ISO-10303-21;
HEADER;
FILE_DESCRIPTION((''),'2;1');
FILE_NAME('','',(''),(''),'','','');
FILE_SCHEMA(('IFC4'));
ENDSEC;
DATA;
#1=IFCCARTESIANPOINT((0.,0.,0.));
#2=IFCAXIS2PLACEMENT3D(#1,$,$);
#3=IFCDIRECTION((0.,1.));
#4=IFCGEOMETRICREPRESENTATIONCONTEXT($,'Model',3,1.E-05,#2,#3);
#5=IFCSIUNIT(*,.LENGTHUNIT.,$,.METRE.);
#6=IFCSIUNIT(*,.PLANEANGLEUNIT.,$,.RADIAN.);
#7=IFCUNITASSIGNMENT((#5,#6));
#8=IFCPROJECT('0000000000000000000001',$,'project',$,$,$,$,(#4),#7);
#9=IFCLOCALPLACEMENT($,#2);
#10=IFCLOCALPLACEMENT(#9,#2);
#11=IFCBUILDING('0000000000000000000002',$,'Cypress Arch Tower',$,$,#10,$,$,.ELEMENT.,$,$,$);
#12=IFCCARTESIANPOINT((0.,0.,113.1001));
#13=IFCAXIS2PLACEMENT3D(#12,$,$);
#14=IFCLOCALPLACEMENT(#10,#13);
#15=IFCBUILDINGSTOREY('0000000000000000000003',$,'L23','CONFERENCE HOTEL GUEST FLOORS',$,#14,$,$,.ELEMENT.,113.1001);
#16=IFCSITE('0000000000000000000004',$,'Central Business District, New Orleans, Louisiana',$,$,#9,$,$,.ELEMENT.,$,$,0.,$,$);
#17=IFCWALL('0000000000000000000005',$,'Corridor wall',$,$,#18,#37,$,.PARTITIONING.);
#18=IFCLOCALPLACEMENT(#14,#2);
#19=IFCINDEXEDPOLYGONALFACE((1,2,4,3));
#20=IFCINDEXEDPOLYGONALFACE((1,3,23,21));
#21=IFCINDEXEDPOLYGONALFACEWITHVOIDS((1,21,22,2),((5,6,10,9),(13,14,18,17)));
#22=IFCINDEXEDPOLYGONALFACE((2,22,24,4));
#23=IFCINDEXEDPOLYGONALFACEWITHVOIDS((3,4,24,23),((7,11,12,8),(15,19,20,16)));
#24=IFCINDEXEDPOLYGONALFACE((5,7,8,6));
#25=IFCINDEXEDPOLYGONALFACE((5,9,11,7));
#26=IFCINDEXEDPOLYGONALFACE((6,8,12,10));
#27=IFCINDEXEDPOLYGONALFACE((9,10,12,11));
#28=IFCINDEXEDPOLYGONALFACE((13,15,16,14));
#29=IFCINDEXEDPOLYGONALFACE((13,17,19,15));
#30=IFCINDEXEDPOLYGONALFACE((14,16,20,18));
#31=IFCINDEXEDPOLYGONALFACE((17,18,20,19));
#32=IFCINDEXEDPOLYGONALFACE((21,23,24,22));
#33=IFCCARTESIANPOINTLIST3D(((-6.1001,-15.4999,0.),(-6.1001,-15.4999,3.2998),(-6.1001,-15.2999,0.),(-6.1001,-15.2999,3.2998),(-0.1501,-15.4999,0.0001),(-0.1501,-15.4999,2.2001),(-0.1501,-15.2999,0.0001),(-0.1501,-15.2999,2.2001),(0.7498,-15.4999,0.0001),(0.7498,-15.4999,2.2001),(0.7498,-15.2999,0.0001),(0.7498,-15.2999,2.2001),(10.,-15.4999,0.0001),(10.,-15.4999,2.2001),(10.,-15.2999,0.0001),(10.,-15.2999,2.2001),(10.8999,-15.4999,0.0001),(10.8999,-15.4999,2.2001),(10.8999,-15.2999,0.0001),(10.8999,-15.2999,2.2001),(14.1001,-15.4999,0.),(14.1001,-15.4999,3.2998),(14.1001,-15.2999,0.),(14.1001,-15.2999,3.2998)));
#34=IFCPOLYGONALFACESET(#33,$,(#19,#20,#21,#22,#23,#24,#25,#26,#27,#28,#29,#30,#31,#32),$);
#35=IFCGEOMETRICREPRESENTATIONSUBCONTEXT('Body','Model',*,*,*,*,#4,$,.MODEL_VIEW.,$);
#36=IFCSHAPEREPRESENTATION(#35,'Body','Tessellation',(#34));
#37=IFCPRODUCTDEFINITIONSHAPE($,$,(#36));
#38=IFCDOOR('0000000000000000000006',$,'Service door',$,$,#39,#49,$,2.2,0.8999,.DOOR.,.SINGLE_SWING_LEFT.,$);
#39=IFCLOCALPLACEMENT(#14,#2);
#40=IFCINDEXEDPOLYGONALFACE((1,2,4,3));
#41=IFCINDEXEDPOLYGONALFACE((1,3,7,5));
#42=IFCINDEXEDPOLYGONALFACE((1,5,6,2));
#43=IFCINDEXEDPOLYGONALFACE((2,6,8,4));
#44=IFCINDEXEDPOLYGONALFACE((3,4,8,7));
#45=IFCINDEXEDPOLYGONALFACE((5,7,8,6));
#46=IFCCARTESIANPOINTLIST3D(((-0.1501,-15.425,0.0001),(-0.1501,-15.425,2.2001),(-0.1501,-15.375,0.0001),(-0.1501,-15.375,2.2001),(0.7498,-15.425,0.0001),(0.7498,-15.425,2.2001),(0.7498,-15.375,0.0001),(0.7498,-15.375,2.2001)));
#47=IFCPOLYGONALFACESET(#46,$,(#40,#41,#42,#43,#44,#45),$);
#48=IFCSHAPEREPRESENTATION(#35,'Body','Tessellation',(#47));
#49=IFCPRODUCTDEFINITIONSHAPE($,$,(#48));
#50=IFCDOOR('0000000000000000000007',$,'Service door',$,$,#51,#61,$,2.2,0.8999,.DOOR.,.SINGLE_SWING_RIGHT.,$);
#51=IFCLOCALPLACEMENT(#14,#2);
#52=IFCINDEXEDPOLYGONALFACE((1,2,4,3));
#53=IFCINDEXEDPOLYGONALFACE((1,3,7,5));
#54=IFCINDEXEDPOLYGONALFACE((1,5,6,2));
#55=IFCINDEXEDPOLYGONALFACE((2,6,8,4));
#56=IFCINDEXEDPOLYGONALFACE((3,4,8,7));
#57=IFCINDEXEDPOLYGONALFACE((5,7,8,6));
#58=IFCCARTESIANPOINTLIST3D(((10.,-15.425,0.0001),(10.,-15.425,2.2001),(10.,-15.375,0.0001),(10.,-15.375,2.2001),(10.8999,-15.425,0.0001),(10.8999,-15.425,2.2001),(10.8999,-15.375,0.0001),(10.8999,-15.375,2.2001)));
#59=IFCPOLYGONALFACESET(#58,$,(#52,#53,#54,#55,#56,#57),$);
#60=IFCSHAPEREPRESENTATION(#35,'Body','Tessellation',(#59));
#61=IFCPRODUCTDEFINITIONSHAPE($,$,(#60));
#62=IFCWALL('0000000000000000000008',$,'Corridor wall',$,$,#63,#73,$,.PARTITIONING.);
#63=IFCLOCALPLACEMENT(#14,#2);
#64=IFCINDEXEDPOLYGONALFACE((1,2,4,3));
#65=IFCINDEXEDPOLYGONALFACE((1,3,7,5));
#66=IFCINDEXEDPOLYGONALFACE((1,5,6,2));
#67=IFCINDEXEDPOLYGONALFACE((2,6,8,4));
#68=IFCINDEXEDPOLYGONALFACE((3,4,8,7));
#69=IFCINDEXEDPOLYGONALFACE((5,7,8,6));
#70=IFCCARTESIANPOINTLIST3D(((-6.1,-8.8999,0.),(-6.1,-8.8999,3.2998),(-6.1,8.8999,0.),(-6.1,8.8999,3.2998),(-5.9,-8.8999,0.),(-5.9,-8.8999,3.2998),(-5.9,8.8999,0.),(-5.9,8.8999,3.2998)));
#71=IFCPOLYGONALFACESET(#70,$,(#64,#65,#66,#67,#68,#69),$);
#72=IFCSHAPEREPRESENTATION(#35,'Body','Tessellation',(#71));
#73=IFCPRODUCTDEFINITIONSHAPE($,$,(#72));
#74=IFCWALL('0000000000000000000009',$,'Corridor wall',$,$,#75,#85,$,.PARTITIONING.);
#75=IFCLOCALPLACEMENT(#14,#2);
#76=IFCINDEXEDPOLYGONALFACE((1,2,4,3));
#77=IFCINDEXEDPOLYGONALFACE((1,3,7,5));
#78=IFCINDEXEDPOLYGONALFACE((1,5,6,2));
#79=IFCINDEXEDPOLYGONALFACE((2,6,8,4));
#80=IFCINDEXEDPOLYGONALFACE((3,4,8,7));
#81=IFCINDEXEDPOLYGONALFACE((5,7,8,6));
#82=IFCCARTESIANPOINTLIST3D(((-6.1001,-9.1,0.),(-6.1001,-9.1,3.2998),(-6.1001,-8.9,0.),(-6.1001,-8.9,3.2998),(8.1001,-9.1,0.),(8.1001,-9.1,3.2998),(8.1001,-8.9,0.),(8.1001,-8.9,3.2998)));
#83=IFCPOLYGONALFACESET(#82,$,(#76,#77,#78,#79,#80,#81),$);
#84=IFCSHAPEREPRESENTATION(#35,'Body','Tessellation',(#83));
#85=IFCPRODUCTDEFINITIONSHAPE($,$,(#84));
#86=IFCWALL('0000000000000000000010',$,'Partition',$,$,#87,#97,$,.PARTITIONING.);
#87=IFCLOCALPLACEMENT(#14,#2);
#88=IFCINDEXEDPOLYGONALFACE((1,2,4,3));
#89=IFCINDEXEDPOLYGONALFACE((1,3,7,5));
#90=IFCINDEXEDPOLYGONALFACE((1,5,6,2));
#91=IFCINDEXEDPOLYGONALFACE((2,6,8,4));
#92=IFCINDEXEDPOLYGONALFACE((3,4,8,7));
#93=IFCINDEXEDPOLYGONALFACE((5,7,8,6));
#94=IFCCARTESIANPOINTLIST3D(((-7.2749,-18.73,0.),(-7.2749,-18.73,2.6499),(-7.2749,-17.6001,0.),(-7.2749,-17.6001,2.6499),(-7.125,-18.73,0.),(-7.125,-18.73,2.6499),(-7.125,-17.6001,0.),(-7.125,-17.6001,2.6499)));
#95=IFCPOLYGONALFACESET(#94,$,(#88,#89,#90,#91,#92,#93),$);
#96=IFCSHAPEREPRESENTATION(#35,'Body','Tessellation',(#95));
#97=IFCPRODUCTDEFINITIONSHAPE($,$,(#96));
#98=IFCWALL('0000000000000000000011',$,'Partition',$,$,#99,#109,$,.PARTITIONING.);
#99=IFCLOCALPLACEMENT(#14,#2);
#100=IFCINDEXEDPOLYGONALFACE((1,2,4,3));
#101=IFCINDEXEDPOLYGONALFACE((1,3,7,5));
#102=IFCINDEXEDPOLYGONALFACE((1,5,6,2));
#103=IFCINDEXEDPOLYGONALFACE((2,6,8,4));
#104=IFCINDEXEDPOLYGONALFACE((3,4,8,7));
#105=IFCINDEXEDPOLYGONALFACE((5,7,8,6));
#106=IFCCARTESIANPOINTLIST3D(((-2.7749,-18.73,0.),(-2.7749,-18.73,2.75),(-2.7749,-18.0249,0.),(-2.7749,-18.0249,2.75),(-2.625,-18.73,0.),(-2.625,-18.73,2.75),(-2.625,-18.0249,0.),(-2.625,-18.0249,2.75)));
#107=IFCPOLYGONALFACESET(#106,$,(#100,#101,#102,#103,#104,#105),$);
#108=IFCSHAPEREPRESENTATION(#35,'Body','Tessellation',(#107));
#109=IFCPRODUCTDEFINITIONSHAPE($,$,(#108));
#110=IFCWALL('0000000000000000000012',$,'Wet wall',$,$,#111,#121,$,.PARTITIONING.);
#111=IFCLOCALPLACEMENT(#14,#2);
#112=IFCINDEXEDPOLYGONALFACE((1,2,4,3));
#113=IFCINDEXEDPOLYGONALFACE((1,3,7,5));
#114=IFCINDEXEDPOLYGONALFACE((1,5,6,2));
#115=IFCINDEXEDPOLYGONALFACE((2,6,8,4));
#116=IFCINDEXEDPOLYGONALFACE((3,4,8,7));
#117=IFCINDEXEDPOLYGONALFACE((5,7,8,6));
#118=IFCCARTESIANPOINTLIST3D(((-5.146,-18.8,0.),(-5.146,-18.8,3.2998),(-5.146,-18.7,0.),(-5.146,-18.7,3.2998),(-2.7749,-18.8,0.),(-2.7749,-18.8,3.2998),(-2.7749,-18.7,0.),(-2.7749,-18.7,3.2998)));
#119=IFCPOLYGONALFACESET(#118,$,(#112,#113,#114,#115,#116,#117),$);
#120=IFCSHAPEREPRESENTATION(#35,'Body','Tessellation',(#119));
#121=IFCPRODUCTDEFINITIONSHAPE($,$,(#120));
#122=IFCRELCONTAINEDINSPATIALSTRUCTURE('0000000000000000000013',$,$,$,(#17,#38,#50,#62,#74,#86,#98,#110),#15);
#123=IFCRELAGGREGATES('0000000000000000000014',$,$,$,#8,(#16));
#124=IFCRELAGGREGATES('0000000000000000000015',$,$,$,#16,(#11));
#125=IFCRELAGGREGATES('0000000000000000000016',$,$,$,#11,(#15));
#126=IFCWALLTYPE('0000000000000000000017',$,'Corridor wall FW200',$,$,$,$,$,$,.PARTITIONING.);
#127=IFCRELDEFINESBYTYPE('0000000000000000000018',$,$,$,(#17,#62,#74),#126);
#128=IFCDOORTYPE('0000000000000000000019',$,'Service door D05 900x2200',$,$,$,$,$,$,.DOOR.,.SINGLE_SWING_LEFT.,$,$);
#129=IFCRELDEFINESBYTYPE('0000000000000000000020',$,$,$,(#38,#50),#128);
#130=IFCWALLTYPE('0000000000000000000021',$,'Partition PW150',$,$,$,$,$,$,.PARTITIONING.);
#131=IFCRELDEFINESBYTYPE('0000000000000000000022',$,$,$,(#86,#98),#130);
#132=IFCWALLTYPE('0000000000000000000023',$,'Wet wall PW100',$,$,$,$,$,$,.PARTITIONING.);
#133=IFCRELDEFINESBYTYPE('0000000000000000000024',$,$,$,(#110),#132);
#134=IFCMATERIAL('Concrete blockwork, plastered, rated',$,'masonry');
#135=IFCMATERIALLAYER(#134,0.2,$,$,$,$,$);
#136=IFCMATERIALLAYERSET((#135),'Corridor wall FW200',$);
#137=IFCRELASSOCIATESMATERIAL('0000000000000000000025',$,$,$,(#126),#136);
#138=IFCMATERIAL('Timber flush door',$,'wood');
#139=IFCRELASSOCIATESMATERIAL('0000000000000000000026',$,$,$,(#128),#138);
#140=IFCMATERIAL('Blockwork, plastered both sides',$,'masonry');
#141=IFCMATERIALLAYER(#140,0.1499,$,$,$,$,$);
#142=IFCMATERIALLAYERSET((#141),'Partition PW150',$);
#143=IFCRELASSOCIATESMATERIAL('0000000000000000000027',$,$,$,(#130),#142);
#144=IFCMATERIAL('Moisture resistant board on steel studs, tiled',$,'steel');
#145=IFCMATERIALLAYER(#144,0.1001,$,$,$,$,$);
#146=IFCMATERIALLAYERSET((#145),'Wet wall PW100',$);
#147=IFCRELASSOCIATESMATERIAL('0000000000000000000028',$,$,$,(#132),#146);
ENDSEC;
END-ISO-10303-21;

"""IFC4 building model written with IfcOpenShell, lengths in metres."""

from ifc_helpers import new_model, si_unit, direction, frame, frame_2d, origin, place, context, subcontext, project, spatial, rectangle, extrude, material, layer, layer_set, type_object, element, fill, save


model = new_model("IFC4")

# Units and contexts
model_context = context("Model", 3, precision=1e-05, world=origin(), true_north=direction((0.0, 1.0)))
body_context = subcontext(model_context, "Body", "Model", "MODEL_VIEW")
ifc_project = project(units=[si_unit("LENGTHUNIT", "METRE"), si_unit("PLANEANGLEUNIT", "RADIAN")], contexts=[model_context])

# Site, building, storey
site_placement = place(None, origin())
site = spatial("IfcSite", under=ifc_project, at=site_placement, Name="Central Business District, New Orleans, Louisiana", CompositionType="ELEMENT", RefElevation=0.0)
building_placement = place(site_placement, origin())
building = spatial("IfcBuilding", under=site, at=building_placement, Name="Cypress Arch Tower", CompositionType="ELEMENT")
storey_placement = place(building_placement, frame((0.0, 0.0, 113.1001)))
storey = spatial("IfcBuildingStorey", under=building, at=storey_placement, Name="L23", Description="CONFERENCE HOTEL GUEST FLOORS", CompositionType="ELEMENT", Elevation=113.1001)

# Shared definitions
ifc_material_1 = material(Name="Concrete blockwork, plastered, rated", Category="masonry")
ifc_layer_1 = layer(ifc_material_1, 0.2)
ifc_layer_set_1 = layer_set([ifc_layer_1], Name="Corridor wall FW200")
wall_type_1 = type_object("IfcWallType", Name="Corridor wall FW200", PredefinedType="PARTITIONING", material=ifc_layer_set_1)

# Wall, openings, doors
wall_1_placement = place(storey_placement, frame((-6.1001, -15.3999, 0.0), z_axis=(0.0, 0.0, 1.0), x_axis=(1.0, 0.0, 0.0)))
wall_1 = element("IfcWall", 1, at=wall_1_placement, inside=storey, type_object=wall_type_1, Name="Corridor wall", PredefinedType="PARTITIONING", context=body_context, shape_type="SweptSolid", body=[
    extrude(rectangle(XDim=20.2002, YDim=0.2, at=frame_2d((10.1001, 0.0))), origin(), (0.0, 0.0, 1.0), 3.2998),
])
opening_1_placement = place(wall_1_placement, frame((5.95, 0.0, 0.0)))
opening_1 = element("IfcOpeningElement", 2, at=opening_1_placement, cuts=wall_1, PredefinedType="OPENING", context=body_context, shape_type="SweptSolid", body=[
    extrude(rectangle(XDim=0.8999, YDim=2.2, at=frame_2d((0.45, 1.1001))), frame((0.0, 0.1099, 0.0), z_axis=(0.0, -1.0, 0.0), x_axis=(1.0, 0.0, 0.0)), (0.0, 0.0, 1.0), 0.22),
])
opening_2_placement = place(wall_1_placement, frame((16.1001, 0.0, 0.0)))
opening_2 = element("IfcOpeningElement", 3, at=opening_2_placement, cuts=wall_1, PredefinedType="OPENING", context=body_context, shape_type="SweptSolid", body=[
    extrude(rectangle(XDim=0.8999, YDim=2.2, at=frame_2d((0.45, 1.1001))), frame((0.0, 0.1099, 0.0), z_axis=(0.0, -1.0, 0.0), x_axis=(1.0, 0.0, 0.0)), (0.0, 0.0, 1.0), 0.22),
])
ifc_material_2 = material(Name="Timber flush door", Category="wood")
door_type_1 = type_object("IfcDoorType", Name="Service door D05 900x2200", OperationType="SINGLE_SWING_LEFT", PredefinedType="DOOR", material=ifc_material_2)
door_1_placement = place(opening_1_placement, origin())
door_1 = element("IfcDoor", 4, at=door_1_placement, inside=storey, type_object=door_type_1, Name="Service door", OperationType="SINGLE_SWING_LEFT", OverallHeight=2.2, OverallWidth=0.8999, PredefinedType="DOOR", context=body_context, shape_type="SweptSolid", body=[
    extrude(rectangle(XDim=0.8999, YDim=2.2, at=frame_2d((0.45, 1.1001))), frame((0.0, 0.0249, 0.0), z_axis=(0.0, -1.0, 0.0), x_axis=(1.0, 0.0, 0.0)), (0.0, 0.0, 1.0), 0.05),
])
fill(opening_1, door_1)
door_2_placement = place(opening_2_placement, origin())
door_2 = element("IfcDoor", 5, at=door_2_placement, inside=storey, type_object=door_type_1, Name="Service door", OperationType="SINGLE_SWING_RIGHT", OverallHeight=2.2, OverallWidth=0.8999, PredefinedType="DOOR", context=body_context, shape_type="SweptSolid", body=[
    extrude(rectangle(XDim=0.8999, YDim=2.2, at=frame_2d((0.45, 1.1001))), frame((0.0, 0.0249, 0.0), z_axis=(0.0, -1.0, 0.0), x_axis=(1.0, 0.0, 0.0)), (0.0, 0.0, 1.0), 0.05),
])
fill(opening_2, door_2)

# Walls
wall_2_placement = place(storey_placement, frame((-6.0, -8.8999, 0.0), z_axis=(0.0, 0.0, 1.0), x_axis=(0.0, 1.0, 0.0)))
element("IfcWall", 6, at=wall_2_placement, inside=storey, type_object=wall_type_1, Name="Corridor wall", PredefinedType="PARTITIONING", context=body_context, shape_type="SweptSolid", body=[
    extrude(rectangle(XDim=17.7998, YDim=0.2, at=frame_2d((8.8999, 0.0))), origin(), (0.0, 0.0, 1.0), 3.2998),
])
wall_3_placement = place(storey_placement, frame((-6.1001, -9.0, 0.0), z_axis=(0.0, 0.0, 1.0), x_axis=(1.0, 0.0, 0.0)))
element("IfcWall", 7, at=wall_3_placement, inside=storey, type_object=wall_type_1, Name="Corridor wall", PredefinedType="PARTITIONING", context=body_context, shape_type="SweptSolid", body=[
    extrude(rectangle(XDim=14.2002, YDim=0.2, at=frame_2d((7.1001, 0.0))), origin(), (0.0, 0.0, 1.0), 3.2998),
])
ifc_material_3 = material(Name="Blockwork, plastered both sides", Category="masonry")
ifc_layer_2 = layer(ifc_material_3, 0.1499)
ifc_layer_set_2 = layer_set([ifc_layer_2], Name="Partition PW150")
wall_type_2 = type_object("IfcWallType", Name="Partition PW150", PredefinedType="PARTITIONING", material=ifc_layer_set_2)
wall_4_placement = place(storey_placement, frame((-7.2, -18.73, 0.0), z_axis=(0.0, 0.0, 1.0), x_axis=(0.0, 1.0, 0.0)))
element("IfcWall", 8, at=wall_4_placement, inside=storey, type_object=wall_type_2, Name="Partition", PredefinedType="PARTITIONING", context=body_context, shape_type="SweptSolid", body=[
    extrude(rectangle(XDim=1.1299, YDim=0.1499, at=frame_2d((0.5649, 0.0))), origin(), (0.0, 0.0, 1.0), 2.6499),
])
wall_5_placement = place(storey_placement, frame((-2.7, -18.73, 0.0), z_axis=(0.0, 0.0, 1.0), x_axis=(0.0, 1.0, 0.0)))
element("IfcWall", 9, at=wall_5_placement, inside=storey, type_object=wall_type_2, Name="Partition", PredefinedType="PARTITIONING", context=body_context, shape_type="SweptSolid", body=[
    extrude(rectangle(XDim=0.7051, YDim=0.1499, at=frame_2d((0.3525, 0.0))), origin(), (0.0, 0.0, 1.0), 2.75),
])
ifc_material_4 = material(Name="Moisture resistant board on steel studs, tiled", Category="steel")
ifc_layer_3 = layer(ifc_material_4, 0.1001)
ifc_layer_set_3 = layer_set([ifc_layer_3], Name="Wet wall PW100")
wall_type_3 = type_object("IfcWallType", Name="Wet wall PW100", PredefinedType="PARTITIONING", material=ifc_layer_set_3)
wall_6_placement = place(storey_placement, frame((-5.146, -18.75, 0.0), z_axis=(0.0, 0.0, 1.0), x_axis=(1.0, 0.0, 0.0)))
element("IfcWall", 10, at=wall_6_placement, inside=storey, type_object=wall_type_3, Name="Wet wall", PredefinedType="PARTITIONING", context=body_context, shape_type="SweptSolid", body=[
    extrude(rectangle(XDim=2.3711, YDim=0.1001, at=frame_2d((1.1855, 0.0))), origin(), (0.0, 0.0, 1.0), 3.2998),
])

save(model, "model.ifc")
